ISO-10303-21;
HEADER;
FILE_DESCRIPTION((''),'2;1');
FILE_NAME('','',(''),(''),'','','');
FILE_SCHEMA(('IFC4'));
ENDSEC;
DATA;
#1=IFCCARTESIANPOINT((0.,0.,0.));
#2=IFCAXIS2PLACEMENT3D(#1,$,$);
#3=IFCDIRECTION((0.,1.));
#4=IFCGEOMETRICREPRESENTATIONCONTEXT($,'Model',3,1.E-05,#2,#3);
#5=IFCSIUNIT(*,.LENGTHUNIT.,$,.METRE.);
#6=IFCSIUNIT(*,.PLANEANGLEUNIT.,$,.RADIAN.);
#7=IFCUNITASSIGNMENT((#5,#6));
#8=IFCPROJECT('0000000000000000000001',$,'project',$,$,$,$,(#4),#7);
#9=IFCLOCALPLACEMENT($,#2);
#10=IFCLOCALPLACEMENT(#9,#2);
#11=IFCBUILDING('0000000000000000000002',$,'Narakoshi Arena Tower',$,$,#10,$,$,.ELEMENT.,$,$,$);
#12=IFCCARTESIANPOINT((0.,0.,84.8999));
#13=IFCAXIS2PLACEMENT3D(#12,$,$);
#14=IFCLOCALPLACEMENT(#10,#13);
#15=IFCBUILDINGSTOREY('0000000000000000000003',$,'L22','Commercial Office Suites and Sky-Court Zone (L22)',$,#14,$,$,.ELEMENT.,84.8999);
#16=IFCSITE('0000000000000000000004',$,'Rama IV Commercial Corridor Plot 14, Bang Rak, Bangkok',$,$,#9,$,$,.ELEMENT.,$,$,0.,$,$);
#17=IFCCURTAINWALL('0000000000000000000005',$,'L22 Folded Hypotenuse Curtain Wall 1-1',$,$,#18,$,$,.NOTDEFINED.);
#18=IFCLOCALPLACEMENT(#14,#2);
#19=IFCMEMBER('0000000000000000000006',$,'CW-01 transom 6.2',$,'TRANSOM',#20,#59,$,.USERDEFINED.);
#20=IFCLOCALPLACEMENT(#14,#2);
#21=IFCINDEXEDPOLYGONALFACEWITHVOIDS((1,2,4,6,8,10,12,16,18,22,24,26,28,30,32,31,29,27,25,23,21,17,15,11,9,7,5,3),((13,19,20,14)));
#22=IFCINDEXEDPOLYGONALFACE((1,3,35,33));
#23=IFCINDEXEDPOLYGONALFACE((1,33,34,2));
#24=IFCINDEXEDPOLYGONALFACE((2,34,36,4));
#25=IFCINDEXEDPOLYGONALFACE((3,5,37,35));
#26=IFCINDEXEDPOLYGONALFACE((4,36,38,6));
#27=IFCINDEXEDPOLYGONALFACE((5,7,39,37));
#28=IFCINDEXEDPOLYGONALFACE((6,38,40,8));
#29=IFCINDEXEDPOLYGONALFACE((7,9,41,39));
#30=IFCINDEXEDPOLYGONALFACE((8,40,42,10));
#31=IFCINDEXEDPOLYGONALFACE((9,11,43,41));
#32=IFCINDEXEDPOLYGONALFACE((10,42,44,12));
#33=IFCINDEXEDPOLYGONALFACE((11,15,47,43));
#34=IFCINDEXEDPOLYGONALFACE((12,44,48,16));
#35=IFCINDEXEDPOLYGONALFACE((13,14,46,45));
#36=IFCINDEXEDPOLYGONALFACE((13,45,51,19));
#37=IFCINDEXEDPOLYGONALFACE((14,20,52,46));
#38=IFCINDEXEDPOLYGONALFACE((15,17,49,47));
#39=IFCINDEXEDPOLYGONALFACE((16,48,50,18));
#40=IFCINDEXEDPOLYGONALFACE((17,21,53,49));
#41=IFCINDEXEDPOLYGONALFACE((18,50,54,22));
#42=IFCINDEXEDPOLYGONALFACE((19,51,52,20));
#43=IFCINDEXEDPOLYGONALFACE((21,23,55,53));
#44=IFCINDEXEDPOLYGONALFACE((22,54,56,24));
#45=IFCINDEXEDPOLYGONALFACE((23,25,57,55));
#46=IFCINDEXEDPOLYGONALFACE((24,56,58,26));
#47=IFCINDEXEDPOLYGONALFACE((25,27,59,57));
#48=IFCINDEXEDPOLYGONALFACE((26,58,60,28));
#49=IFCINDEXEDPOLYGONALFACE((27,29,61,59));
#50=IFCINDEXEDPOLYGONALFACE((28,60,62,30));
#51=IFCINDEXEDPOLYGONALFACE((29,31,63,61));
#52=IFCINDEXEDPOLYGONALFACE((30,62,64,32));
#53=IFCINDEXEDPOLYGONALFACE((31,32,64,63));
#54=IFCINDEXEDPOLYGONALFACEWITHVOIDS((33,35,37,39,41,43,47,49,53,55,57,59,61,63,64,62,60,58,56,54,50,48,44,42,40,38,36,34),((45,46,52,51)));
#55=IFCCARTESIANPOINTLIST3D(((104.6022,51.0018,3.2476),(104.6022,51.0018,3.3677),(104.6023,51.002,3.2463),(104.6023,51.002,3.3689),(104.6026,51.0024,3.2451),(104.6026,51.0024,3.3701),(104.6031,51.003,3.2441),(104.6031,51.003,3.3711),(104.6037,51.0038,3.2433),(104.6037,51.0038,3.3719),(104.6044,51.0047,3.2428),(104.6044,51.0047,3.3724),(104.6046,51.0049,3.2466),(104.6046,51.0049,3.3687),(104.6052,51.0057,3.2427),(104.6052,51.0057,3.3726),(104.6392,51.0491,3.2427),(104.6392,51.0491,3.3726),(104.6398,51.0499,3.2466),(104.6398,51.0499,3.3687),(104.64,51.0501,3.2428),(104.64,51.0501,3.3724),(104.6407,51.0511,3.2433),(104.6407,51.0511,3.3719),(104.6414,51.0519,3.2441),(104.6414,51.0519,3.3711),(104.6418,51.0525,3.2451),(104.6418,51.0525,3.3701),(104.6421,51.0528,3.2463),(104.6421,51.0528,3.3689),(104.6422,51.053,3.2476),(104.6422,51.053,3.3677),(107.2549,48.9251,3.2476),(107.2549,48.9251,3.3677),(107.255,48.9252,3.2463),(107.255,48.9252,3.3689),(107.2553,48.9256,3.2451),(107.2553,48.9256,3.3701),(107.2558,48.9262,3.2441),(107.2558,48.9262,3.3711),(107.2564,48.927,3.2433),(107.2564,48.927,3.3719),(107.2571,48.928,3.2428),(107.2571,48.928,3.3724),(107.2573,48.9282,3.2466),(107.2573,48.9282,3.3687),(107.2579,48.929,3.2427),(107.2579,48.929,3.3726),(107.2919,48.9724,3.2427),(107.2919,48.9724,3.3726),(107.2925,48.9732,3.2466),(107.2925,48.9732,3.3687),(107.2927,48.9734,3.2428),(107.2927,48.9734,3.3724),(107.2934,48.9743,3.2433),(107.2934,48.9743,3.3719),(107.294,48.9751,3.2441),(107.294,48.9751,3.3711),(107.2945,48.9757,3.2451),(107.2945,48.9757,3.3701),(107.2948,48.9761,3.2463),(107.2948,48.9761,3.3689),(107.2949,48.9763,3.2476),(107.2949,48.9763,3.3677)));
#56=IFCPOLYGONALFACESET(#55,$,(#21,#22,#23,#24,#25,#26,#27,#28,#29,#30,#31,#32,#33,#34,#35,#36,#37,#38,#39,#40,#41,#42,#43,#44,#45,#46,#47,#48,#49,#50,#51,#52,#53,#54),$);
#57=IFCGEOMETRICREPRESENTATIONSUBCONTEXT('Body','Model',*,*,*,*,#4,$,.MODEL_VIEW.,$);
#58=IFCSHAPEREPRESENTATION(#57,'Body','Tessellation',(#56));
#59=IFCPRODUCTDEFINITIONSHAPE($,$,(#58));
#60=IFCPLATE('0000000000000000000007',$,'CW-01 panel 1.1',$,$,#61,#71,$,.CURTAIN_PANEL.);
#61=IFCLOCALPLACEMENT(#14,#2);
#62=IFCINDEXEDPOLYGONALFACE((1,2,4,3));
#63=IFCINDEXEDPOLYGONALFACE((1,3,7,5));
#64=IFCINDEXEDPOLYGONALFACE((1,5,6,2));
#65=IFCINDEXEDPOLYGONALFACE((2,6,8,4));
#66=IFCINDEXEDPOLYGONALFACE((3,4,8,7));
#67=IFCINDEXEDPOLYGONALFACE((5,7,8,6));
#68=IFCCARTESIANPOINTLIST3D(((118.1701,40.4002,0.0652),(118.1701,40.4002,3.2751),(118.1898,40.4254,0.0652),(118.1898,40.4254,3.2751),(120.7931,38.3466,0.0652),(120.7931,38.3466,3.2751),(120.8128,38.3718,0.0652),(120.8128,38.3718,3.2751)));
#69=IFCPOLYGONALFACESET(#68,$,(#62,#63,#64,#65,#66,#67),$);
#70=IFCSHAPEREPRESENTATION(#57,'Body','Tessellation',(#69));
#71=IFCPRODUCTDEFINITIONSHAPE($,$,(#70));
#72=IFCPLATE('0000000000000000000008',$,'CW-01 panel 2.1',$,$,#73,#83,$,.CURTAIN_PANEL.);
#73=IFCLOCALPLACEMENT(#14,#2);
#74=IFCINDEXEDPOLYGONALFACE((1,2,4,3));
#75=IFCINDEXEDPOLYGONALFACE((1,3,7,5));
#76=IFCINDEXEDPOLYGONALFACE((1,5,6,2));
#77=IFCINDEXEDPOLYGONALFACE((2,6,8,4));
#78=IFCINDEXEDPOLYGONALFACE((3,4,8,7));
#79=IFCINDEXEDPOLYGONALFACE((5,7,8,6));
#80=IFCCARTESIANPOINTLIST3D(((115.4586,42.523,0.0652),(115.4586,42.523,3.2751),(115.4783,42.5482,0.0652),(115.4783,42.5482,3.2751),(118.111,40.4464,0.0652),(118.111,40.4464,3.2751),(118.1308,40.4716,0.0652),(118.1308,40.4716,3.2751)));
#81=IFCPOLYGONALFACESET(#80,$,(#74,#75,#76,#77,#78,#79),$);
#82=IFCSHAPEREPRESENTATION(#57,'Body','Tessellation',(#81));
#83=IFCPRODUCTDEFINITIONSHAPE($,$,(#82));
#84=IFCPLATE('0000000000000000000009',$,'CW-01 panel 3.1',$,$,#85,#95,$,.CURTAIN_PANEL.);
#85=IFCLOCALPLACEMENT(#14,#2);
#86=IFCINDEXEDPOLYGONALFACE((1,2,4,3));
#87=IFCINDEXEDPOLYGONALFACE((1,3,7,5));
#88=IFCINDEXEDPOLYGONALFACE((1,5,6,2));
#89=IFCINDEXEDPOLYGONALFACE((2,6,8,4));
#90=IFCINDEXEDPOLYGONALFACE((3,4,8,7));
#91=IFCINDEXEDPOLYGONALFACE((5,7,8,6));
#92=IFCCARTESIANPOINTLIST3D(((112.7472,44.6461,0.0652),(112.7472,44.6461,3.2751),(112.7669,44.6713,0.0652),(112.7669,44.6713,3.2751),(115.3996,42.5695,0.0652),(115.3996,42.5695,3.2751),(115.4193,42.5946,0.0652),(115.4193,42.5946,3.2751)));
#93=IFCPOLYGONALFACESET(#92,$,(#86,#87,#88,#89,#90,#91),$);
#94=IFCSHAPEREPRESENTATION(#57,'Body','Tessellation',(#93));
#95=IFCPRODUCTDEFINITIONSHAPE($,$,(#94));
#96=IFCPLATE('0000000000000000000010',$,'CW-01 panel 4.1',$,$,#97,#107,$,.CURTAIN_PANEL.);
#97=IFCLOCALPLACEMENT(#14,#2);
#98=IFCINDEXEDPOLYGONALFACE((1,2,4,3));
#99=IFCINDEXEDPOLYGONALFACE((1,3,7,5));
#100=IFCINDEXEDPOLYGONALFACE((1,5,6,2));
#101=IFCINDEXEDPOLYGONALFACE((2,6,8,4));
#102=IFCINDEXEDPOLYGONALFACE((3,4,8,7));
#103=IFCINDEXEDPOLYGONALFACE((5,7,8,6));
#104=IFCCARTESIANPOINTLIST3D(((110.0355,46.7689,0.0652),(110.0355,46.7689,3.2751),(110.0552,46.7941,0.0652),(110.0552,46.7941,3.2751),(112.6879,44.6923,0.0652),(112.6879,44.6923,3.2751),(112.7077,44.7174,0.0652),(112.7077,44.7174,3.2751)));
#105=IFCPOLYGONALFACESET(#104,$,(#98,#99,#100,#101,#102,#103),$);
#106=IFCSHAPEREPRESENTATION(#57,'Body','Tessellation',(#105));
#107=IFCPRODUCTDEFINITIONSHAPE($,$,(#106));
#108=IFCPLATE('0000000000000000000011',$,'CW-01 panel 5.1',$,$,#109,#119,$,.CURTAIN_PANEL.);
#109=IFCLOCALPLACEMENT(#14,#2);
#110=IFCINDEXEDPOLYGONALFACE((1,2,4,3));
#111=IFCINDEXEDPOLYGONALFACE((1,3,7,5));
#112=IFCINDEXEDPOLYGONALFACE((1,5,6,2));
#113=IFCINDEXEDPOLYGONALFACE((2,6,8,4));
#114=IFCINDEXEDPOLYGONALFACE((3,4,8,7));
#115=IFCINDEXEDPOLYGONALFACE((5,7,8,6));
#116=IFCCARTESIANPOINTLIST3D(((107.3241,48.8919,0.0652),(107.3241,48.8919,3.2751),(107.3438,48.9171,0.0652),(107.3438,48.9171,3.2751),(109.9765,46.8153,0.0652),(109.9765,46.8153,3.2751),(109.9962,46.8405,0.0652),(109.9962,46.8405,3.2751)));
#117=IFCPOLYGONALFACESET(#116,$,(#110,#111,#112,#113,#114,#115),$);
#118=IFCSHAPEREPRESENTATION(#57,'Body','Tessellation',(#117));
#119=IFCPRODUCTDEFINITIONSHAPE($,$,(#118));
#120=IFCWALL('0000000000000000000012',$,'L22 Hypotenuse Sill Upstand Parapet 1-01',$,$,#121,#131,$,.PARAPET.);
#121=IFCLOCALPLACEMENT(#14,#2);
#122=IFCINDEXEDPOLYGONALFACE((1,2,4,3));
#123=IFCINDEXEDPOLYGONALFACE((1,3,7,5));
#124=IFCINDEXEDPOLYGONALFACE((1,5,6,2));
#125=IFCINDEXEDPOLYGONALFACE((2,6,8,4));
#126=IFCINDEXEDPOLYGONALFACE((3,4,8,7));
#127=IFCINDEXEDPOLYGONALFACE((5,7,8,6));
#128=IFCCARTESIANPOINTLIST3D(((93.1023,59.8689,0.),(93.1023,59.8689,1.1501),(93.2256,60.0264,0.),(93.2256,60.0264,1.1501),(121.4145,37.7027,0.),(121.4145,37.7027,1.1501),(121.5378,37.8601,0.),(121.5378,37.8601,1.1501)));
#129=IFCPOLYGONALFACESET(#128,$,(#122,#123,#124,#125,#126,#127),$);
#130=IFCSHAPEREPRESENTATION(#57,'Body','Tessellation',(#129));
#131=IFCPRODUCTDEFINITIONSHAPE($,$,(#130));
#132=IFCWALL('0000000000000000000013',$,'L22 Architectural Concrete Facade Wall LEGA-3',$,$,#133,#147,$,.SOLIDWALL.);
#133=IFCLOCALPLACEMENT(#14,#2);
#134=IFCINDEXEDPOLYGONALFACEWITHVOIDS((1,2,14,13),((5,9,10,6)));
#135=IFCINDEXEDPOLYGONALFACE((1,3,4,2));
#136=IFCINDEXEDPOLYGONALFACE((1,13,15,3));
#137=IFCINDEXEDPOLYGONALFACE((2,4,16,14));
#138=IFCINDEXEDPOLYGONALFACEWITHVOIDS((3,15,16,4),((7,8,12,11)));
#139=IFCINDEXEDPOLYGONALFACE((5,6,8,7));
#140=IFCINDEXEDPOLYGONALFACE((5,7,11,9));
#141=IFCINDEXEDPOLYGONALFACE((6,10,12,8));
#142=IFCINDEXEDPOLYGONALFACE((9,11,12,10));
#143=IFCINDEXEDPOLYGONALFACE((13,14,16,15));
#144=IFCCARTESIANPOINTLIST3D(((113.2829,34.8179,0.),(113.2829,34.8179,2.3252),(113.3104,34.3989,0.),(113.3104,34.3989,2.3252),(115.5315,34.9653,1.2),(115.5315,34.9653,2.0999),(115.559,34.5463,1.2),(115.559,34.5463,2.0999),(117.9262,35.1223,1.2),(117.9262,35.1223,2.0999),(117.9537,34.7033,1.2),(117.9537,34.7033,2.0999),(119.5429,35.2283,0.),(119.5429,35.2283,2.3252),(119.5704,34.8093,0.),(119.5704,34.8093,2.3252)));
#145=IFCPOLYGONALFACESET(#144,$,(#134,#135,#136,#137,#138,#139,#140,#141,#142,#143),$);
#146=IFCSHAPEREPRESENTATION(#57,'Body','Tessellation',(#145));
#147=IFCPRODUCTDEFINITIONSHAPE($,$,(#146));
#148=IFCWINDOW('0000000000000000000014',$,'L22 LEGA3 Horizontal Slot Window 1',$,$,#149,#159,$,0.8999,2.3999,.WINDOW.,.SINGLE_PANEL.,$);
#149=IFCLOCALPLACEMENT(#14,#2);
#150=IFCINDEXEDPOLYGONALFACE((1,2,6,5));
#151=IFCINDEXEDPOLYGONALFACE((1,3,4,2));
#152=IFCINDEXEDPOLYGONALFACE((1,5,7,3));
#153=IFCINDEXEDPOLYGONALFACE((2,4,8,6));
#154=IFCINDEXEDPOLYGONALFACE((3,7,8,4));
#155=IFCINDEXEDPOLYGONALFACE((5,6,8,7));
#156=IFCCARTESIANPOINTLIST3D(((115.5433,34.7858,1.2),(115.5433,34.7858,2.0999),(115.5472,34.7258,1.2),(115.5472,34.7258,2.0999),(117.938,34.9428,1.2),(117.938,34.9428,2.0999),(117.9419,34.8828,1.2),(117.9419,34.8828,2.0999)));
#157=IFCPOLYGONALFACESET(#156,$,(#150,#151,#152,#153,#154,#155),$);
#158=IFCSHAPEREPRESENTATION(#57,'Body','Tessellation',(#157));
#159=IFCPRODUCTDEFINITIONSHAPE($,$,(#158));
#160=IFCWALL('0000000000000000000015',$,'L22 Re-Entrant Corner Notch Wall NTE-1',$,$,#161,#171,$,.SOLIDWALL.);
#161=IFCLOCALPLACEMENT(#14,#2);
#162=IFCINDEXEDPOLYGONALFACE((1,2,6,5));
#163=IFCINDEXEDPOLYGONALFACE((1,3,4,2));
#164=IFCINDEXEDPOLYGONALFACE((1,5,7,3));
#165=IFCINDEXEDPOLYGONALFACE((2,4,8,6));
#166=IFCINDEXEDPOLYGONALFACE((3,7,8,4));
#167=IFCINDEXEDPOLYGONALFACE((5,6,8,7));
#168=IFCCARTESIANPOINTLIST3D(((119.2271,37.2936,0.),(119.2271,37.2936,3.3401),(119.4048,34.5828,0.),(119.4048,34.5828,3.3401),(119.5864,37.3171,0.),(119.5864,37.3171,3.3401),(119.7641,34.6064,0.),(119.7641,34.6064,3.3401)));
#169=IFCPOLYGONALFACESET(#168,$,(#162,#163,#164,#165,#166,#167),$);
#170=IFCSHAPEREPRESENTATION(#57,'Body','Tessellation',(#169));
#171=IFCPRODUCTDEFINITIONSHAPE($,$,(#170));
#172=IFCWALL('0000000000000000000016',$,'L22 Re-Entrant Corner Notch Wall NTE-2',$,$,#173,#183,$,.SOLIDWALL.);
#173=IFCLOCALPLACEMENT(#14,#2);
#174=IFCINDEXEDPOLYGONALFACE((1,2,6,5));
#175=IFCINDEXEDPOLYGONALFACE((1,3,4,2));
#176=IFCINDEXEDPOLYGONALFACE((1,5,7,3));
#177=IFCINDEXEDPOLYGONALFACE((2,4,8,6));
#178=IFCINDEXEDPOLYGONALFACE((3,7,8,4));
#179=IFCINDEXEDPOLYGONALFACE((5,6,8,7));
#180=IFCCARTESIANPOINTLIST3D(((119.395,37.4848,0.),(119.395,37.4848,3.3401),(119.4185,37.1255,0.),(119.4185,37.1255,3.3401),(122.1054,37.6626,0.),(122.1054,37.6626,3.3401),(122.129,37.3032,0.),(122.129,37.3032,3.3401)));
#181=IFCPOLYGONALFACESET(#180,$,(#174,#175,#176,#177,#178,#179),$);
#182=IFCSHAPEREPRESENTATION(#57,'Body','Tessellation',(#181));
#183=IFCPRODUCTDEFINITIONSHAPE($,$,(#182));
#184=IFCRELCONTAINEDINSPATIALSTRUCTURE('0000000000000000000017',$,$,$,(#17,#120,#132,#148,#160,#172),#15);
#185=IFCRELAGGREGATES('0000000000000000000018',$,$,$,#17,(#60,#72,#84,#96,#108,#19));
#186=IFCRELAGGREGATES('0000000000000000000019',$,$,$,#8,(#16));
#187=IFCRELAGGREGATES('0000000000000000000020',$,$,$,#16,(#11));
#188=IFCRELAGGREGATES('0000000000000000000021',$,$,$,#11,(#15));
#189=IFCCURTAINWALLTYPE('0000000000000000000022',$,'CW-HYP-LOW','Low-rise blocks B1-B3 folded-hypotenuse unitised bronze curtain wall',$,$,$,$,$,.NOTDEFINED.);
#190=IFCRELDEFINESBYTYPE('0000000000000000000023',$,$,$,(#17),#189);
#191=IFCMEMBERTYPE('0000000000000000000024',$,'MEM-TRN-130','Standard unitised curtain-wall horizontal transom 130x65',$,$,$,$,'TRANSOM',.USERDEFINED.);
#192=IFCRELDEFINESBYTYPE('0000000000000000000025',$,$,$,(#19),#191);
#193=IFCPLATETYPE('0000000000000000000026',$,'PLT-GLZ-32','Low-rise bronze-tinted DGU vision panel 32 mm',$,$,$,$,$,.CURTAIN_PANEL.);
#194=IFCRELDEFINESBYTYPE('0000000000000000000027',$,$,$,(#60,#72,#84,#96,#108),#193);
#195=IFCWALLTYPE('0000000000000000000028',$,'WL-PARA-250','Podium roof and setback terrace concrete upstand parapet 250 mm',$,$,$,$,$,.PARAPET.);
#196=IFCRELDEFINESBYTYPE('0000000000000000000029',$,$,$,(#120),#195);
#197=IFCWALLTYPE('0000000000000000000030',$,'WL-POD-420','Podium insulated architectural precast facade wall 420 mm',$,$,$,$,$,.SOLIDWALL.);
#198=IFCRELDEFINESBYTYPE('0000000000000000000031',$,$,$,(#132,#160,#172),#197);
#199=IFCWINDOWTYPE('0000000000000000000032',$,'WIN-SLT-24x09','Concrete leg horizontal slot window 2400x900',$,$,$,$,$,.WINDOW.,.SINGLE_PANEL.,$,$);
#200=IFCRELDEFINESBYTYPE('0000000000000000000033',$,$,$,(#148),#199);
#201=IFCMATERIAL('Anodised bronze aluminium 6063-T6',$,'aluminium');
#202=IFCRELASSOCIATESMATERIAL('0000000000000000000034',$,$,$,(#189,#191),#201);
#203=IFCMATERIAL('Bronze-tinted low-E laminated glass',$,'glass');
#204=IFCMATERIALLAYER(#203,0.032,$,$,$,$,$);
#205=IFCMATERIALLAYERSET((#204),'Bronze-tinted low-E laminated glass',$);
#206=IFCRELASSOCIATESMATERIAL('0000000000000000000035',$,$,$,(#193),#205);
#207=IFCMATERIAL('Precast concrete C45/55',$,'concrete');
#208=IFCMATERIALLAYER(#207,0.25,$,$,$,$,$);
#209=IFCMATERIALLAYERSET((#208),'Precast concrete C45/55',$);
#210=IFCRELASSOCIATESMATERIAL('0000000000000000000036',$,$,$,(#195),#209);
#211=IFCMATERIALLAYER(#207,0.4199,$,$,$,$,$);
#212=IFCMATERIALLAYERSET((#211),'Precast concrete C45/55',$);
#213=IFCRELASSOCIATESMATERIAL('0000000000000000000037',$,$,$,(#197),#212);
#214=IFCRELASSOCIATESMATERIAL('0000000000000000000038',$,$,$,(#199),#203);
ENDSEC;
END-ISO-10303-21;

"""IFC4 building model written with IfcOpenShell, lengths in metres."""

from ifc_helpers import new_model, si_unit, direction, frame, frame_2d, origin, origin_2d, place, context, subcontext, project, spatial, rectangle, hollow_rectangle, extrude, material, layer, layer_set, material_profile, profile_set, type_object, element, fill, aggregate, save


model = new_model("IFC4")

# Units and contexts
model_context = context("Model", 3, precision=1e-05, world=origin(), true_north=direction((0.0, 1.0)))
body_context = subcontext(model_context, "Body", "Model", "MODEL_VIEW")
ifc_project = project(units=[si_unit("LENGTHUNIT", "METRE"), si_unit("PLANEANGLEUNIT", "RADIAN")], contexts=[model_context])

# Site, building, storey
site_placement = place(None, origin())
site = spatial("IfcSite", under=ifc_project, at=site_placement, Name="Rama IV Commercial Corridor Plot 14, Bang Rak, Bangkok", CompositionType="ELEMENT", RefElevation=0.0)
building_placement = place(site_placement, origin())
building = spatial("IfcBuilding", under=site, at=building_placement, Name="Narakoshi Arena Tower", CompositionType="ELEMENT")
storey_placement = place(building_placement, frame((0.0, 0.0, 84.8999)))
storey = spatial("IfcBuildingStorey", under=building, at=storey_placement, Name="L22", Description="Commercial Office Suites and Sky-Court Zone (L22)", CompositionType="ELEMENT", Elevation=84.8999)

# Curtain wall, member, plates
ifc_material_1 = material(Name="Anodised bronze aluminium 6063-T6", Category="aluminium")
curtain_wall_type = type_object("IfcCurtainWallType", Name="CW-HYP-LOW", Description="Low-rise blocks B1-B3 folded-hypotenuse unitised bronze curtain wall", PredefinedType="NOTDEFINED", material=ifc_material_1)
curtain_wall_placement = place(storey_placement, origin())
curtain_wall = element("IfcCurtainWall", 1, at=curtain_wall_placement, inside=storey, type_object=curtain_wall_type, Name="L22 Folded Hypotenuse Curtain Wall 1-1", PredefinedType="NOTDEFINED")
ifc_material_profile_1 = material_profile(ifc_material_1, hollow_rectangle(XDim=0.0649, YDim=0.1299, WallThickness=0.0039, OuterFilletRadius=0.0049, at=origin_2d()), Name="TRN130x65x4")
ifc_profile_set_1 = profile_set([ifc_material_profile_1], Name="Anodised bronze aluminium 6063-T6")
member_type_1 = type_object("IfcMemberType", Name="MEM-TRN-130", Description="Standard unitised curtain-wall horizontal transom 130x65", ElementType="TRANSOM", PredefinedType="USERDEFINED", material=ifc_profile_set_1)
member_1_placement = place(storey_placement, frame((107.2749, 48.9507, 3.3076), z_axis=(-0.787401, 0.616441, 0.0), x_axis=(-0.616441, -0.787401, 0.0)))
member_1 = element("IfcMember", 2, at=member_1_placement, type_object=member_type_1, Name="CW-01 transom 6.2", ObjectType="TRANSOM", PredefinedType="USERDEFINED", context=body_context, shape_type="SweptSolid", body=[
    extrude(hollow_rectangle(XDim=0.0649, YDim=0.1299, WallThickness=0.0039, OuterFilletRadius=0.0049, at=origin_2d()), origin(), (0.0, 0.0, 1.0), 3.3689),
])
ifc_material_2 = material(Name="Bronze-tinted low-E laminated glass", Category="glass")
ifc_layer_1 = layer(ifc_material_2, 0.032)
ifc_layer_set_1 = layer_set([ifc_layer_1], Name="Bronze-tinted low-E laminated glass")
plate_type = type_object("IfcPlateType", Name="PLT-GLZ-32", Description="Low-rise bronze-tinted DGU vision panel 32 mm", PredefinedType="CURTAIN_PANEL", material=ifc_layer_set_1)
plate_1_placement = place(storey_placement, frame((119.4915, 39.386, 0.0652), z_axis=(0.0, 0.0, 1.0), x_axis=(-0.787388, 0.616458, 0.0)))
plate_1 = element("IfcPlate", 3, at=plate_1_placement, type_object=plate_type, Name="CW-01 panel 1.1", PredefinedType="CURTAIN_PANEL", context=body_context, shape_type="SweptSolid", body=[
    extrude(rectangle(XDim=3.3313, YDim=0.032, at=origin_2d()), origin(), (0.0, 0.0, 1.0), 3.21),
])
plate_2_placement = place(storey_placement, frame((116.7947, 41.4973, 0.0652), z_axis=(0.0, 0.0, 1.0), x_axis=(-0.787388, 0.616458, 0.0)))
plate_2 = element("IfcPlate", 4, at=plate_2_placement, type_object=plate_type, Name="CW-01 panel 2.1", PredefinedType="CURTAIN_PANEL", context=body_context, shape_type="SweptSolid", body=[
    extrude(rectangle(XDim=3.3687, YDim=0.032, at=origin_2d()), origin(), (0.0, 0.0, 1.0), 3.21),
])
plate_3_placement = place(storey_placement, frame((114.0833, 43.6204, 0.0652), z_axis=(0.0, 0.0, 1.0), x_axis=(-0.787388, 0.616458, 0.0)))
plate_3 = element("IfcPlate", 5, at=plate_3_placement, type_object=plate_type, Name="CW-01 panel 3.1", PredefinedType="CURTAIN_PANEL", context=body_context, shape_type="SweptSolid", body=[
    extrude(rectangle(XDim=3.3687, YDim=0.032, at=origin_2d()), origin(), (0.0, 0.0, 1.0), 3.21),
])
plate_4_placement = place(storey_placement, frame((111.3716, 45.7432, 0.0652), z_axis=(0.0, 0.0, 1.0), x_axis=(-0.787388, 0.616458, 0.0)))
plate_4 = element("IfcPlate", 6, at=plate_4_placement, type_object=plate_type, Name="CW-01 panel 4.1", PredefinedType="CURTAIN_PANEL", context=body_context, shape_type="SweptSolid", body=[
    extrude(rectangle(XDim=3.3687, YDim=0.032, at=origin_2d()), origin(), (0.0, 0.0, 1.0), 3.21),
])
plate_5_placement = place(storey_placement, frame((108.6602, 47.8662, 0.0652), z_axis=(0.0, 0.0, 1.0), x_axis=(-0.787388, 0.616458, 0.0)))
plate_5 = element("IfcPlate", 7, at=plate_5_placement, type_object=plate_type, Name="CW-01 panel 5.1", PredefinedType="CURTAIN_PANEL", context=body_context, shape_type="SweptSolid", body=[
    extrude(rectangle(XDim=3.3687, YDim=0.032, at=origin_2d()), origin(), (0.0, 0.0, 1.0), 3.21),
])
aggregate(curtain_wall, [plate_1, plate_2, plate_3, plate_4, plate_5, member_1])

# Wall
ifc_material_3 = material(Name="Precast concrete C45/55", Category="concrete")
ifc_layer_2 = layer(ifc_material_3, 0.25)
ifc_layer_set_2 = layer_set([ifc_layer_2], Name="Precast concrete C45/55")
wall_type_1 = type_object("IfcWallType", Name="WL-PARA-250", Description="Podium roof and setback terrace concrete upstand parapet 250 mm", PredefinedType="PARAPET", material=ifc_layer_set_2)
wall_1_placement = place(storey_placement, frame((121.4761, 37.7815, 0.0), z_axis=(0.0, 0.0, 1.0), x_axis=(-0.787386, 0.616461, 0.0)))
element("IfcWall", 8, at=wall_1_placement, inside=storey, type_object=wall_type_1, Name="L22 Hypotenuse Sill Upstand Parapet 1-01", PredefinedType="PARAPET", context=body_context, shape_type="SweptSolid", body=[
    extrude(rectangle(XDim=35.9573, YDim=0.2, at=frame_2d((17.9785, 0.0))), origin(), (0.0, 0.0, 1.0), 1.1501),
])

# Wall, opening, window
ifc_layer_3 = layer(ifc_material_3, 0.4199)
ifc_layer_set_3 = layer_set([ifc_layer_3], Name="Precast concrete C45/55")
wall_type_2 = type_object("IfcWallType", Name="WL-POD-420", Description="Podium insulated architectural precast facade wall 420 mm", PredefinedType="SOLIDWALL", material=ifc_layer_set_3)
wall_2_placement = place(storey_placement, frame((113.2966, 34.6084, 0.0), z_axis=(0.0, 0.0, 1.0), x_axis=(0.997858, 0.065419, 0.0)))
wall_2 = element("IfcWall", 9, at=wall_2_placement, inside=storey, type_object=wall_type_2, Name="L22 Architectural Concrete Facade Wall LEGA-3", PredefinedType="SOLIDWALL", context=body_context, shape_type="SweptSolid", body=[
    extrude(rectangle(XDim=6.2734, YDim=0.4199, at=frame_2d((3.1367, 0.0))), origin(), (0.0, 0.0, 1.0), 2.3252),
])
opening_placement = place(wall_2_placement, frame((2.2534, 0.0, 1.2)))
opening = element("IfcOpeningElement", 10, at=opening_placement, cuts=wall_2, PredefinedType="OPENING", context=body_context, shape_type="SweptSolid", body=[
    extrude(rectangle(XDim=2.3999, YDim=0.8999, at=frame_2d((1.2, 0.45))), frame((0.0, 0.22, 0.0), z_axis=(0.0, -1.0, 0.0), x_axis=(1.0, 0.0, 0.0)), (0.0, 0.0, 1.0), 0.4399),
])
window_type = type_object("IfcWindowType", Name="WIN-SLT-24x09", Description="Concrete leg horizontal slot window 2400x900", PartitioningType="SINGLE_PANEL", PredefinedType="WINDOW", material=ifc_material_2)
window_placement = place(opening_placement, origin())
window = element("IfcWindow", 11, at=window_placement, inside=storey, type_object=window_type, Name="L22 LEGA3 Horizontal Slot Window 1", OverallHeight=0.8999, OverallWidth=2.3999, PartitioningType="SINGLE_PANEL", PredefinedType="WINDOW", context=body_context, shape_type="SweptSolid", body=[
    extrude(rectangle(XDim=2.3999, YDim=0.8999, at=frame_2d((1.2, 0.45))), frame((0.0, 0.03, 0.0), z_axis=(0.0, -1.0, 0.0), x_axis=(1.0, 0.0, 0.0)), (0.0, 0.0, 1.0), 0.0601),
])
fill(opening, window)

# Walls
wall_3_placement = place(storey_placement, frame((119.5845, 34.5945, 0.0), z_axis=(0.0, 0.0, 1.0), x_axis=(-0.065427, 0.997857, 0.0)))
element("IfcWall", 12, at=wall_3_placement, inside=storey, type_object=wall_type_2, Name="L22 Re-Entrant Corner Notch Wall NTE-1", PredefinedType="SOLIDWALL", context=body_context, shape_type="SweptSolid", body=[
    extrude(rectangle(XDim=2.7166, YDim=0.3601, at=frame_2d((1.3584, 0.0))), origin(), (0.0, 0.0, 1.0), 3.3401),
])
wall_4_placement = place(storey_placement, frame((119.4067, 37.3052, 0.0), z_axis=(0.0, 0.0, 1.0), x_axis=(0.997857, 0.065433, 0.0)))
element("IfcWall", 13, at=wall_4_placement, inside=storey, type_object=wall_type_2, Name="L22 Re-Entrant Corner Notch Wall NTE-2", PredefinedType="SOLIDWALL", context=body_context, shape_type="SweptSolid", body=[
    extrude(rectangle(XDim=2.7163, YDim=0.3601, at=frame_2d((1.3582, 0.0))), origin(), (0.0, 0.0, 1.0), 3.3401),
])

save(model, "model.ifc")
